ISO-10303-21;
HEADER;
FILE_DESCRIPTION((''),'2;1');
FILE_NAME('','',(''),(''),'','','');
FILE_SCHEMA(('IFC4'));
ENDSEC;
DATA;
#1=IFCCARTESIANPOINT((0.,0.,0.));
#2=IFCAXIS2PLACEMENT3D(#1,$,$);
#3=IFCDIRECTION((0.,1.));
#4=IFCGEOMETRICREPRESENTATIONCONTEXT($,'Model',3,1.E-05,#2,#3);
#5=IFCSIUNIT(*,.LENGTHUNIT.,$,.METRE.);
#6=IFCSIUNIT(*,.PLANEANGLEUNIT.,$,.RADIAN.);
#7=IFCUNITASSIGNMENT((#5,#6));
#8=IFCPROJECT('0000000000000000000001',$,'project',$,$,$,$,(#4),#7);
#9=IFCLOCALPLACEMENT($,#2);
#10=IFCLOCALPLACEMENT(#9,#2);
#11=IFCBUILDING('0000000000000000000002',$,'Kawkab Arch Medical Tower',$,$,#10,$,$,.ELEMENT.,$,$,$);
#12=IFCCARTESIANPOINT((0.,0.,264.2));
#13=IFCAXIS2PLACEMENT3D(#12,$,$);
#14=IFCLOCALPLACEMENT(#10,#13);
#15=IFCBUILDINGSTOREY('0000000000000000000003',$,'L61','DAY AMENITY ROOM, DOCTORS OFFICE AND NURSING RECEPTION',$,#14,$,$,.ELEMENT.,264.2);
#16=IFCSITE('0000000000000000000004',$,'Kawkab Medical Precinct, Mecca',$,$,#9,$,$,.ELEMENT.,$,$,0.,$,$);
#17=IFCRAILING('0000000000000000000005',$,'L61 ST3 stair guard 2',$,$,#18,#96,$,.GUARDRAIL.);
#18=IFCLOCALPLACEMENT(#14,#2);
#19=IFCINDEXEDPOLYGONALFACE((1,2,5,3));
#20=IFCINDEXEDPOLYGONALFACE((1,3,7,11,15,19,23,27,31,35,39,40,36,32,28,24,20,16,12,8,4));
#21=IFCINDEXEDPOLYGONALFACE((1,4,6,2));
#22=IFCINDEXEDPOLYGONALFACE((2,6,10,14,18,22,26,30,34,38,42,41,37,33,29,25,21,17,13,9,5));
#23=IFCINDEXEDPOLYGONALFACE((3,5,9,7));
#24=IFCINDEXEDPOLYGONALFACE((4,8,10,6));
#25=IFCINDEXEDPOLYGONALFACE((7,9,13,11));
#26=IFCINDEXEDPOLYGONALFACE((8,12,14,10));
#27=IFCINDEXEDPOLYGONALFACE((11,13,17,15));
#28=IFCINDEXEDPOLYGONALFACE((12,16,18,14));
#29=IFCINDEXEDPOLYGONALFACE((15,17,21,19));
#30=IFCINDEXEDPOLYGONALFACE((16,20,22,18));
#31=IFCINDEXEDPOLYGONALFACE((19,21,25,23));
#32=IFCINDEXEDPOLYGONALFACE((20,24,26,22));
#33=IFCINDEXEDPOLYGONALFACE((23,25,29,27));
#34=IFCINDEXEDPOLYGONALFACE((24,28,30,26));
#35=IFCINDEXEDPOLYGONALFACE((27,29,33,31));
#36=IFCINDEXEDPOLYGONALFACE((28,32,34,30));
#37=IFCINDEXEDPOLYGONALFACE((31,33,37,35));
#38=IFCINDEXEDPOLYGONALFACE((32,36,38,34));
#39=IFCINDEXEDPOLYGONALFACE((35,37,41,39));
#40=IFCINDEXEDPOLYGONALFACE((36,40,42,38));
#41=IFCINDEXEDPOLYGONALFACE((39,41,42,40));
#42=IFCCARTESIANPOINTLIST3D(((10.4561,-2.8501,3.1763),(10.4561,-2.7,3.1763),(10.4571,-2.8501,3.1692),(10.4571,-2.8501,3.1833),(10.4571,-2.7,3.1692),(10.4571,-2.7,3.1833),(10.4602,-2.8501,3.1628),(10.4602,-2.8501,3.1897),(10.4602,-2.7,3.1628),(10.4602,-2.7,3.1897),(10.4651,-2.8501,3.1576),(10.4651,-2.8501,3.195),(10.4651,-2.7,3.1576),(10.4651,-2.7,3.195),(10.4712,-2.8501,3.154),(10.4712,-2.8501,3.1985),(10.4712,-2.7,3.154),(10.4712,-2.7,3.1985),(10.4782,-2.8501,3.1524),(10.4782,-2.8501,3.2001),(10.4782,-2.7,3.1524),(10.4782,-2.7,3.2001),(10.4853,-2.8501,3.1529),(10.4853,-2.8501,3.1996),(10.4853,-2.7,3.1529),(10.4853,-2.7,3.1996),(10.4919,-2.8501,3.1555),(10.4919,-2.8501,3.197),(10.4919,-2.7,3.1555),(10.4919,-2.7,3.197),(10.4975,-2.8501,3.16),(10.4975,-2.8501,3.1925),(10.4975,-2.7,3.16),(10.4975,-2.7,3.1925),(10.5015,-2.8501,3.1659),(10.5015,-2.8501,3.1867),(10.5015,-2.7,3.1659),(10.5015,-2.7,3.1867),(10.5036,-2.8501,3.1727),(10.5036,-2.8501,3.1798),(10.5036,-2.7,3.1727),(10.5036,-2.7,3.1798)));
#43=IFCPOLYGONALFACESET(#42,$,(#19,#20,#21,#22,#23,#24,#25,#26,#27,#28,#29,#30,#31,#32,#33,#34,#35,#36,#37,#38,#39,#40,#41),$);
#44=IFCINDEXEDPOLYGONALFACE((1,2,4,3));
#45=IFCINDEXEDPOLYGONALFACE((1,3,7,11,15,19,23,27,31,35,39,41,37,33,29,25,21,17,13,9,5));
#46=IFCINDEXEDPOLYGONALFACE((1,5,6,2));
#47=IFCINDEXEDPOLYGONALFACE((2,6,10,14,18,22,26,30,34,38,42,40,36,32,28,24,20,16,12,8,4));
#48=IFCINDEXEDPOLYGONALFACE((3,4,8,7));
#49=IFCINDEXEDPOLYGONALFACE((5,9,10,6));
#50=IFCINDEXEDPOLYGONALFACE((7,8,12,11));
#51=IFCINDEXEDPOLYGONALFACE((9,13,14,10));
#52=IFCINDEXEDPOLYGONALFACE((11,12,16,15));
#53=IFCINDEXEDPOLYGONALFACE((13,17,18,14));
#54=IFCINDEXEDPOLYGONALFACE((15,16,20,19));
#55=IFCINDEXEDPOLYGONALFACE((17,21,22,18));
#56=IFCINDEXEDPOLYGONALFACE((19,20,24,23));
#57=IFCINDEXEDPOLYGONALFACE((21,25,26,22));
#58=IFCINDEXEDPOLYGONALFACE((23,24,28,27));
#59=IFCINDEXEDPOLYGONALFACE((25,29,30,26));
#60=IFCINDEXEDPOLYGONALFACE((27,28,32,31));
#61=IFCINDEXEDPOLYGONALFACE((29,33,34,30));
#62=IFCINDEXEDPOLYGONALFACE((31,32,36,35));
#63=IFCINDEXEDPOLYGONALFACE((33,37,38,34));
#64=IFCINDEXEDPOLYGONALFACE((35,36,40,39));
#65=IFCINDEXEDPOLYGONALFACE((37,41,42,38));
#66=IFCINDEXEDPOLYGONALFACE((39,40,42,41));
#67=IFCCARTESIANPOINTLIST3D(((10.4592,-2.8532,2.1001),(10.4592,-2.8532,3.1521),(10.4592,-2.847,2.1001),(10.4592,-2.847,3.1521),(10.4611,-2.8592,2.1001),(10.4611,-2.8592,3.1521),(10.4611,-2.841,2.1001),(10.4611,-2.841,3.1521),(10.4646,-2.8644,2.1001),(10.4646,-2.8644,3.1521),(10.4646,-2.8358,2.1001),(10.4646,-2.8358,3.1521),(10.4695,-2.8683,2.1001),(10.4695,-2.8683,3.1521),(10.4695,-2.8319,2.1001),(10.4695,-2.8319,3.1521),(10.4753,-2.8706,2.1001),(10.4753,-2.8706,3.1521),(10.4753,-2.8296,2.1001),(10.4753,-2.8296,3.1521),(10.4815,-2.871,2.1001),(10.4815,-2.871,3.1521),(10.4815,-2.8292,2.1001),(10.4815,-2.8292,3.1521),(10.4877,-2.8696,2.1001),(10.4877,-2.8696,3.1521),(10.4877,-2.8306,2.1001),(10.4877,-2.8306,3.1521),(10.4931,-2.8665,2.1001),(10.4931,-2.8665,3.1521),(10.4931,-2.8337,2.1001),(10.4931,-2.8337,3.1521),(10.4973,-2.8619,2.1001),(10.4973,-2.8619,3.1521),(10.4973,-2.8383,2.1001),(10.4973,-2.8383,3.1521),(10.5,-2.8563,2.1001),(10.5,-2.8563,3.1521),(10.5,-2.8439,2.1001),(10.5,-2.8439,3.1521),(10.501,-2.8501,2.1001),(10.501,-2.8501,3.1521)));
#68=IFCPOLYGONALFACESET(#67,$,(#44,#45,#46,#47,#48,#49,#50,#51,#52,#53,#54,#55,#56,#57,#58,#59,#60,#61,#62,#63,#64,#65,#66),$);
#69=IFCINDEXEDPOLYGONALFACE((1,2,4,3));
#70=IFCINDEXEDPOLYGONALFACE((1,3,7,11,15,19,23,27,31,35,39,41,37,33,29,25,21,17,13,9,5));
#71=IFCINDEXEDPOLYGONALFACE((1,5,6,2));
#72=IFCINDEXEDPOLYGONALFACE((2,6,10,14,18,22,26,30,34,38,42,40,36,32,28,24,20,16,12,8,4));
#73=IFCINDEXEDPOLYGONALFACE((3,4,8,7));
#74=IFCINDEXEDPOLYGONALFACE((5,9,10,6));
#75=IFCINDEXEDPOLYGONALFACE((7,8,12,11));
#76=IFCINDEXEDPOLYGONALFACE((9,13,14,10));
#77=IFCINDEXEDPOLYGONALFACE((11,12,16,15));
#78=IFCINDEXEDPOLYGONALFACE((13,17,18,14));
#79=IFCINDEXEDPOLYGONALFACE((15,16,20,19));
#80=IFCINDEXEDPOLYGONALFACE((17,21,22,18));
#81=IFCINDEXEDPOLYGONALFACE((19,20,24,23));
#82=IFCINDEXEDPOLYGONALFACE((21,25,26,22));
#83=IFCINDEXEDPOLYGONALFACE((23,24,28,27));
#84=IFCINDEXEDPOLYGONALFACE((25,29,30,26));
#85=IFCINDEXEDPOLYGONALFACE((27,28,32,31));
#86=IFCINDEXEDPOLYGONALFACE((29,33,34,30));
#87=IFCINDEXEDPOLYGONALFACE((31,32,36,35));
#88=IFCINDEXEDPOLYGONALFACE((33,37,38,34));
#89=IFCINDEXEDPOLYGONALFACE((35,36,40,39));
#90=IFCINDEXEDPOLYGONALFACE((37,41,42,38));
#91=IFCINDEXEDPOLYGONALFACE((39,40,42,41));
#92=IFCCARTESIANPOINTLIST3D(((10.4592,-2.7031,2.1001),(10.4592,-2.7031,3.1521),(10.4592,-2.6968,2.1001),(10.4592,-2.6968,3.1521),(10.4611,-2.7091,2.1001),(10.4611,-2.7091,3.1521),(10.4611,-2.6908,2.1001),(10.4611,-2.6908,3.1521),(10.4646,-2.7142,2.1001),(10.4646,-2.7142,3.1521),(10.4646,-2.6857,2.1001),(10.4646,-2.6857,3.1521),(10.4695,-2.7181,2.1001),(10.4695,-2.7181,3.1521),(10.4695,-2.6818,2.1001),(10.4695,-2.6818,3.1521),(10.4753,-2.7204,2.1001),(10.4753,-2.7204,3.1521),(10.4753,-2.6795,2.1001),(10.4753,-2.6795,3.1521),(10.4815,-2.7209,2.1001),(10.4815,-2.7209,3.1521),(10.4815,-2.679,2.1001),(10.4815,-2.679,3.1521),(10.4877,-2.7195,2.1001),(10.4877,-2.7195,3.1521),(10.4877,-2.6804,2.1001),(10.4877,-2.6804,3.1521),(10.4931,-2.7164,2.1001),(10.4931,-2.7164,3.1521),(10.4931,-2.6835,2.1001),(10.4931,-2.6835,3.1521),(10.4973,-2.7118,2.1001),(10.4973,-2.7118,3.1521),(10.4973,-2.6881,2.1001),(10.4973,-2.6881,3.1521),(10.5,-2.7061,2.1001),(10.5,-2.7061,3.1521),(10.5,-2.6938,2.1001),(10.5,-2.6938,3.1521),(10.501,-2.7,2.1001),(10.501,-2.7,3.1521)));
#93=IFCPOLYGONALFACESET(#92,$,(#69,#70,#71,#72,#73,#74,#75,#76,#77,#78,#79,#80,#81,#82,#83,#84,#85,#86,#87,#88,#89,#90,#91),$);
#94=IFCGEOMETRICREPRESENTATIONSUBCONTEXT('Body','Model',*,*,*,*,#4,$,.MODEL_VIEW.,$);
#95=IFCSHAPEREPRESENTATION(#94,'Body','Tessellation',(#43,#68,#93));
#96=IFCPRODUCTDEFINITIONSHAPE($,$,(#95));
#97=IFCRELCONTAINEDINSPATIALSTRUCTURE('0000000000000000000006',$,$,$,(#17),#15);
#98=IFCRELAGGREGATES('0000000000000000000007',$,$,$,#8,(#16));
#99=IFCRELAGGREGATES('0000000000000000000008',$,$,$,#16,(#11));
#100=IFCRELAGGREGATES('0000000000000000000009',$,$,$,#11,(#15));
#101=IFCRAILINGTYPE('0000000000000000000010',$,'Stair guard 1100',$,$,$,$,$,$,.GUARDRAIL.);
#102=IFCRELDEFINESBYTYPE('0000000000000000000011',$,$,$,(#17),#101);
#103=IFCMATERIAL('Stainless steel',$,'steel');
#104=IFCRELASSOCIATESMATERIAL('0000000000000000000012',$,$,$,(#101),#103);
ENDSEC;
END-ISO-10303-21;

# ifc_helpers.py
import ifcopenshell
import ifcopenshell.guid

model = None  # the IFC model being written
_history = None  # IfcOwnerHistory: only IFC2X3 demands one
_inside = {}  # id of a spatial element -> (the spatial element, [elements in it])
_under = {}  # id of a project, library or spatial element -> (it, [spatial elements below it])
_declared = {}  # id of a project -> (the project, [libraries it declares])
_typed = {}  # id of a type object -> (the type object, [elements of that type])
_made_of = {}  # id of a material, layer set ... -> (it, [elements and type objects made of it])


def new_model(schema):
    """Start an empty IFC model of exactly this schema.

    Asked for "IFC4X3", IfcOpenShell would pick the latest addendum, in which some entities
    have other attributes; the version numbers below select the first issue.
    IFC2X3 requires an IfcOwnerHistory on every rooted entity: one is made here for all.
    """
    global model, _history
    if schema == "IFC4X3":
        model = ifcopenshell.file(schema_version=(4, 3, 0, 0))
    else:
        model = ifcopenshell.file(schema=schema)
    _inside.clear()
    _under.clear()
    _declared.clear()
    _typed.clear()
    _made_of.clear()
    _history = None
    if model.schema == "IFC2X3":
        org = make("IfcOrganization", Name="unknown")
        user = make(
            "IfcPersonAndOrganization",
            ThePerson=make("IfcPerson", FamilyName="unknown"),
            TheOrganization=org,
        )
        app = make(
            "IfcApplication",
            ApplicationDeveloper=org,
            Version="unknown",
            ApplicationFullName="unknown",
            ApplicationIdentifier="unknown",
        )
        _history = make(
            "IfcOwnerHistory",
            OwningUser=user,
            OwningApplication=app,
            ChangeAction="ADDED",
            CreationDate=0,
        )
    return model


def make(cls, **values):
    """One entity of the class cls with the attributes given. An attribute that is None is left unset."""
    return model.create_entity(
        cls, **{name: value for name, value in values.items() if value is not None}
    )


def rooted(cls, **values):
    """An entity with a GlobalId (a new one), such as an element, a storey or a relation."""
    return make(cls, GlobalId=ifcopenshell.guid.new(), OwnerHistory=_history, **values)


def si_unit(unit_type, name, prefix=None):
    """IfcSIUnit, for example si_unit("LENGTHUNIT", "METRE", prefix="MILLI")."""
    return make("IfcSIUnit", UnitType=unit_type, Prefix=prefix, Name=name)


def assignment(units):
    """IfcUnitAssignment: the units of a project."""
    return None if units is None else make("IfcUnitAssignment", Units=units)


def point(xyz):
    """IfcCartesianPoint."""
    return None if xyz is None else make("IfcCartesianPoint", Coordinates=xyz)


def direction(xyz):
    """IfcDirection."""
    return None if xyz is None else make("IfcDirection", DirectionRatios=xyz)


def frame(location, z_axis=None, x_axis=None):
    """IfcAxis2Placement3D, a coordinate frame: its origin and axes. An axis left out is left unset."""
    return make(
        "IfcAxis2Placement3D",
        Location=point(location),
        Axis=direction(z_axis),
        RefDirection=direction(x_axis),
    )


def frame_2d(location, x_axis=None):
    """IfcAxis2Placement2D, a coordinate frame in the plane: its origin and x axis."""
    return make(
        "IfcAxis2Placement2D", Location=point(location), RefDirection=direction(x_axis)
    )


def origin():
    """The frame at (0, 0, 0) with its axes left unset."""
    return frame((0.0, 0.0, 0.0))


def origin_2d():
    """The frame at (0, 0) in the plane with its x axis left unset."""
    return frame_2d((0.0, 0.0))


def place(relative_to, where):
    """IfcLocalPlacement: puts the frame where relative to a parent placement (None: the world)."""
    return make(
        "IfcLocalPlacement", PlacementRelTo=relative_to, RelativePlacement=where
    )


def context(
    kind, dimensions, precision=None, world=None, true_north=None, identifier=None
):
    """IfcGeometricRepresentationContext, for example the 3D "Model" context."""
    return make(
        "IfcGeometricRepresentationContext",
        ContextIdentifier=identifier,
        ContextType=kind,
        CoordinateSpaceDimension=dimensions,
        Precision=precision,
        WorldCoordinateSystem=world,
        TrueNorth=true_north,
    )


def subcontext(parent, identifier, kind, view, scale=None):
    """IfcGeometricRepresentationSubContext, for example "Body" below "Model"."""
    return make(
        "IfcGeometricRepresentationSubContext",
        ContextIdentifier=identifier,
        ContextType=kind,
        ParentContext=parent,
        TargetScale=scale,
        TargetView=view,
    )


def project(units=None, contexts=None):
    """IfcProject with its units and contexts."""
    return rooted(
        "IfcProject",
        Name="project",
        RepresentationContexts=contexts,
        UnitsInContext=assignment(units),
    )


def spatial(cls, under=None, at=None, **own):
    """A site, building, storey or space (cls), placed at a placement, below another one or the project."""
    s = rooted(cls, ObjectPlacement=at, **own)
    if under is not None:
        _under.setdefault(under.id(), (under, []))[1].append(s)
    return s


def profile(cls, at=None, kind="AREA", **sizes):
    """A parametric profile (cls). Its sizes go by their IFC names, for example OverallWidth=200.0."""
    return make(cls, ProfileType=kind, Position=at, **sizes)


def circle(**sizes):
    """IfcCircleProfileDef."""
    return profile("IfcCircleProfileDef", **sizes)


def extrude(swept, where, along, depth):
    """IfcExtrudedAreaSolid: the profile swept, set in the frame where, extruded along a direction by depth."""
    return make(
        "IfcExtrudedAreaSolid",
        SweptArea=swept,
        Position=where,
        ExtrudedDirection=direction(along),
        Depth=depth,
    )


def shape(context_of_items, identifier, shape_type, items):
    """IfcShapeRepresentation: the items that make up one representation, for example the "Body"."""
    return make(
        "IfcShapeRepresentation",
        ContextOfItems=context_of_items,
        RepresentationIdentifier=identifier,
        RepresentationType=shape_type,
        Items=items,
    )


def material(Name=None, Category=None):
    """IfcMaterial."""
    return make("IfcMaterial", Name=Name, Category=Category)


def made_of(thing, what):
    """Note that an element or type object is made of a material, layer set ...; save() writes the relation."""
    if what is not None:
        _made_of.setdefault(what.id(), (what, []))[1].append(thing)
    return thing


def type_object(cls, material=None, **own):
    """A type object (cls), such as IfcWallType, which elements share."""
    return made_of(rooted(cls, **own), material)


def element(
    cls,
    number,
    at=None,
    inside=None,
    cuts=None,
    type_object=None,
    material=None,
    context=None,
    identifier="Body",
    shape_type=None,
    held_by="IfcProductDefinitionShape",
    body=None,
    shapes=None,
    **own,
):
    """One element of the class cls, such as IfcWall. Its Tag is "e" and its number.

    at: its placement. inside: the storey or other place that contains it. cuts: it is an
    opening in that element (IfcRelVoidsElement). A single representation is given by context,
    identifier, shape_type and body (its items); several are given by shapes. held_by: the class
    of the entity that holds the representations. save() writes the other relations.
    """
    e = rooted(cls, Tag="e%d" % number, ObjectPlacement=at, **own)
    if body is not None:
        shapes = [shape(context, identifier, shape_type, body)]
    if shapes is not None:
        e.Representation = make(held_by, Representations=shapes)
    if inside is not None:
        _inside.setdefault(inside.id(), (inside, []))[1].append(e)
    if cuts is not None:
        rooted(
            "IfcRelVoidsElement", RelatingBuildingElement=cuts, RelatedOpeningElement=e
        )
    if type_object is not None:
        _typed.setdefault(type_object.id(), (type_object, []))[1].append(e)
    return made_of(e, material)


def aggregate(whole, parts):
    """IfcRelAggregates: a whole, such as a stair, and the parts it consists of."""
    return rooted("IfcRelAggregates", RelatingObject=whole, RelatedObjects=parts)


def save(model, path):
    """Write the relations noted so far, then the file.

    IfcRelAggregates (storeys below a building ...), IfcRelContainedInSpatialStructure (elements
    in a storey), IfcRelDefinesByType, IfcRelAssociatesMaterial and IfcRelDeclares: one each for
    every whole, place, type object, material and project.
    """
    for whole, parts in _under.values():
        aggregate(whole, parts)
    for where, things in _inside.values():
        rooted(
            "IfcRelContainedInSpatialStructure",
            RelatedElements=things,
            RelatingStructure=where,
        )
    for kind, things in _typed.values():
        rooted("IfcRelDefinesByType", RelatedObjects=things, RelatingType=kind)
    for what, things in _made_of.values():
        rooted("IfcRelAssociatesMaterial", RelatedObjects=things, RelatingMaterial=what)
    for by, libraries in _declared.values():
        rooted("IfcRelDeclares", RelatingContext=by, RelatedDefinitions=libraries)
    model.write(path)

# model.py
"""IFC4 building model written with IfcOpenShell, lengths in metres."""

from ifc_helpers import new_model, si_unit, direction, frame, origin, origin_2d, place, context, subcontext, project, spatial, circle, extrude, material, type_object, element, save


model = new_model("IFC4")

# Units and contexts
model_context = context("Model", 3, precision=1e-05, world=origin(), true_north=direction((0.0, 1.0)))
body_context = subcontext(model_context, "Body", "Model", "MODEL_VIEW")
ifc_project = project(units=[si_unit("LENGTHUNIT", "METRE"), si_unit("PLANEANGLEUNIT", "RADIAN")], contexts=[model_context])

# Site, building, storey
site_placement = place(None, origin())
site = spatial("IfcSite", under=ifc_project, at=site_placement, Name="Kawkab Medical Precinct, Mecca", CompositionType="ELEMENT", RefElevation=0.0)
building_placement = place(site_placement, origin())
building = spatial("IfcBuilding", under=site, at=building_placement, Name="Kawkab Arch Medical Tower", CompositionType="ELEMENT")
storey_placement = place(building_placement, frame((0.0, 0.0, 264.2)))
storey = spatial("IfcBuildingStorey", under=building, at=storey_placement, Name="L61", Description="DAY AMENITY ROOM, DOCTORS OFFICE AND NURSING RECEPTION", CompositionType="ELEMENT", Elevation=264.2)

# Railing
ifc_material_1 = material(Name="Stainless steel", Category="steel")
railing_type_1 = type_object("IfcRailingType", Name="Stair guard 1100", PredefinedType="GUARDRAIL", material=ifc_material_1)
railing_1_placement = place(storey_placement, frame((10.48, -2.8501, 2.1001)))
element("IfcRailing", 1, at=railing_1_placement, inside=storey, type_object=railing_type_1, Name="L61 ST3 stair guard 2", PredefinedType="GUARDRAIL", context=body_context, shape_type="SweptSolid", body=[
    extrude(circle(Radius=0.0239, at=origin_2d()), frame((0.0, 0.0, 1.0762), z_axis=(0.0, 1.0, 0.0), x_axis=(-1.0, 0.0, 0.0)), (0.0, 0.0, 1.0), 0.1501),
    extrude(circle(Radius=0.021, at=origin_2d()), origin(), (0.0, 0.0, 1.0), 1.052),
    extrude(circle(Radius=0.021, at=origin_2d()), frame((0.0, 0.1501, 0.0)), (0.0, 0.0, 1.0), 1.052),
])

save(model, "model.ifc")
